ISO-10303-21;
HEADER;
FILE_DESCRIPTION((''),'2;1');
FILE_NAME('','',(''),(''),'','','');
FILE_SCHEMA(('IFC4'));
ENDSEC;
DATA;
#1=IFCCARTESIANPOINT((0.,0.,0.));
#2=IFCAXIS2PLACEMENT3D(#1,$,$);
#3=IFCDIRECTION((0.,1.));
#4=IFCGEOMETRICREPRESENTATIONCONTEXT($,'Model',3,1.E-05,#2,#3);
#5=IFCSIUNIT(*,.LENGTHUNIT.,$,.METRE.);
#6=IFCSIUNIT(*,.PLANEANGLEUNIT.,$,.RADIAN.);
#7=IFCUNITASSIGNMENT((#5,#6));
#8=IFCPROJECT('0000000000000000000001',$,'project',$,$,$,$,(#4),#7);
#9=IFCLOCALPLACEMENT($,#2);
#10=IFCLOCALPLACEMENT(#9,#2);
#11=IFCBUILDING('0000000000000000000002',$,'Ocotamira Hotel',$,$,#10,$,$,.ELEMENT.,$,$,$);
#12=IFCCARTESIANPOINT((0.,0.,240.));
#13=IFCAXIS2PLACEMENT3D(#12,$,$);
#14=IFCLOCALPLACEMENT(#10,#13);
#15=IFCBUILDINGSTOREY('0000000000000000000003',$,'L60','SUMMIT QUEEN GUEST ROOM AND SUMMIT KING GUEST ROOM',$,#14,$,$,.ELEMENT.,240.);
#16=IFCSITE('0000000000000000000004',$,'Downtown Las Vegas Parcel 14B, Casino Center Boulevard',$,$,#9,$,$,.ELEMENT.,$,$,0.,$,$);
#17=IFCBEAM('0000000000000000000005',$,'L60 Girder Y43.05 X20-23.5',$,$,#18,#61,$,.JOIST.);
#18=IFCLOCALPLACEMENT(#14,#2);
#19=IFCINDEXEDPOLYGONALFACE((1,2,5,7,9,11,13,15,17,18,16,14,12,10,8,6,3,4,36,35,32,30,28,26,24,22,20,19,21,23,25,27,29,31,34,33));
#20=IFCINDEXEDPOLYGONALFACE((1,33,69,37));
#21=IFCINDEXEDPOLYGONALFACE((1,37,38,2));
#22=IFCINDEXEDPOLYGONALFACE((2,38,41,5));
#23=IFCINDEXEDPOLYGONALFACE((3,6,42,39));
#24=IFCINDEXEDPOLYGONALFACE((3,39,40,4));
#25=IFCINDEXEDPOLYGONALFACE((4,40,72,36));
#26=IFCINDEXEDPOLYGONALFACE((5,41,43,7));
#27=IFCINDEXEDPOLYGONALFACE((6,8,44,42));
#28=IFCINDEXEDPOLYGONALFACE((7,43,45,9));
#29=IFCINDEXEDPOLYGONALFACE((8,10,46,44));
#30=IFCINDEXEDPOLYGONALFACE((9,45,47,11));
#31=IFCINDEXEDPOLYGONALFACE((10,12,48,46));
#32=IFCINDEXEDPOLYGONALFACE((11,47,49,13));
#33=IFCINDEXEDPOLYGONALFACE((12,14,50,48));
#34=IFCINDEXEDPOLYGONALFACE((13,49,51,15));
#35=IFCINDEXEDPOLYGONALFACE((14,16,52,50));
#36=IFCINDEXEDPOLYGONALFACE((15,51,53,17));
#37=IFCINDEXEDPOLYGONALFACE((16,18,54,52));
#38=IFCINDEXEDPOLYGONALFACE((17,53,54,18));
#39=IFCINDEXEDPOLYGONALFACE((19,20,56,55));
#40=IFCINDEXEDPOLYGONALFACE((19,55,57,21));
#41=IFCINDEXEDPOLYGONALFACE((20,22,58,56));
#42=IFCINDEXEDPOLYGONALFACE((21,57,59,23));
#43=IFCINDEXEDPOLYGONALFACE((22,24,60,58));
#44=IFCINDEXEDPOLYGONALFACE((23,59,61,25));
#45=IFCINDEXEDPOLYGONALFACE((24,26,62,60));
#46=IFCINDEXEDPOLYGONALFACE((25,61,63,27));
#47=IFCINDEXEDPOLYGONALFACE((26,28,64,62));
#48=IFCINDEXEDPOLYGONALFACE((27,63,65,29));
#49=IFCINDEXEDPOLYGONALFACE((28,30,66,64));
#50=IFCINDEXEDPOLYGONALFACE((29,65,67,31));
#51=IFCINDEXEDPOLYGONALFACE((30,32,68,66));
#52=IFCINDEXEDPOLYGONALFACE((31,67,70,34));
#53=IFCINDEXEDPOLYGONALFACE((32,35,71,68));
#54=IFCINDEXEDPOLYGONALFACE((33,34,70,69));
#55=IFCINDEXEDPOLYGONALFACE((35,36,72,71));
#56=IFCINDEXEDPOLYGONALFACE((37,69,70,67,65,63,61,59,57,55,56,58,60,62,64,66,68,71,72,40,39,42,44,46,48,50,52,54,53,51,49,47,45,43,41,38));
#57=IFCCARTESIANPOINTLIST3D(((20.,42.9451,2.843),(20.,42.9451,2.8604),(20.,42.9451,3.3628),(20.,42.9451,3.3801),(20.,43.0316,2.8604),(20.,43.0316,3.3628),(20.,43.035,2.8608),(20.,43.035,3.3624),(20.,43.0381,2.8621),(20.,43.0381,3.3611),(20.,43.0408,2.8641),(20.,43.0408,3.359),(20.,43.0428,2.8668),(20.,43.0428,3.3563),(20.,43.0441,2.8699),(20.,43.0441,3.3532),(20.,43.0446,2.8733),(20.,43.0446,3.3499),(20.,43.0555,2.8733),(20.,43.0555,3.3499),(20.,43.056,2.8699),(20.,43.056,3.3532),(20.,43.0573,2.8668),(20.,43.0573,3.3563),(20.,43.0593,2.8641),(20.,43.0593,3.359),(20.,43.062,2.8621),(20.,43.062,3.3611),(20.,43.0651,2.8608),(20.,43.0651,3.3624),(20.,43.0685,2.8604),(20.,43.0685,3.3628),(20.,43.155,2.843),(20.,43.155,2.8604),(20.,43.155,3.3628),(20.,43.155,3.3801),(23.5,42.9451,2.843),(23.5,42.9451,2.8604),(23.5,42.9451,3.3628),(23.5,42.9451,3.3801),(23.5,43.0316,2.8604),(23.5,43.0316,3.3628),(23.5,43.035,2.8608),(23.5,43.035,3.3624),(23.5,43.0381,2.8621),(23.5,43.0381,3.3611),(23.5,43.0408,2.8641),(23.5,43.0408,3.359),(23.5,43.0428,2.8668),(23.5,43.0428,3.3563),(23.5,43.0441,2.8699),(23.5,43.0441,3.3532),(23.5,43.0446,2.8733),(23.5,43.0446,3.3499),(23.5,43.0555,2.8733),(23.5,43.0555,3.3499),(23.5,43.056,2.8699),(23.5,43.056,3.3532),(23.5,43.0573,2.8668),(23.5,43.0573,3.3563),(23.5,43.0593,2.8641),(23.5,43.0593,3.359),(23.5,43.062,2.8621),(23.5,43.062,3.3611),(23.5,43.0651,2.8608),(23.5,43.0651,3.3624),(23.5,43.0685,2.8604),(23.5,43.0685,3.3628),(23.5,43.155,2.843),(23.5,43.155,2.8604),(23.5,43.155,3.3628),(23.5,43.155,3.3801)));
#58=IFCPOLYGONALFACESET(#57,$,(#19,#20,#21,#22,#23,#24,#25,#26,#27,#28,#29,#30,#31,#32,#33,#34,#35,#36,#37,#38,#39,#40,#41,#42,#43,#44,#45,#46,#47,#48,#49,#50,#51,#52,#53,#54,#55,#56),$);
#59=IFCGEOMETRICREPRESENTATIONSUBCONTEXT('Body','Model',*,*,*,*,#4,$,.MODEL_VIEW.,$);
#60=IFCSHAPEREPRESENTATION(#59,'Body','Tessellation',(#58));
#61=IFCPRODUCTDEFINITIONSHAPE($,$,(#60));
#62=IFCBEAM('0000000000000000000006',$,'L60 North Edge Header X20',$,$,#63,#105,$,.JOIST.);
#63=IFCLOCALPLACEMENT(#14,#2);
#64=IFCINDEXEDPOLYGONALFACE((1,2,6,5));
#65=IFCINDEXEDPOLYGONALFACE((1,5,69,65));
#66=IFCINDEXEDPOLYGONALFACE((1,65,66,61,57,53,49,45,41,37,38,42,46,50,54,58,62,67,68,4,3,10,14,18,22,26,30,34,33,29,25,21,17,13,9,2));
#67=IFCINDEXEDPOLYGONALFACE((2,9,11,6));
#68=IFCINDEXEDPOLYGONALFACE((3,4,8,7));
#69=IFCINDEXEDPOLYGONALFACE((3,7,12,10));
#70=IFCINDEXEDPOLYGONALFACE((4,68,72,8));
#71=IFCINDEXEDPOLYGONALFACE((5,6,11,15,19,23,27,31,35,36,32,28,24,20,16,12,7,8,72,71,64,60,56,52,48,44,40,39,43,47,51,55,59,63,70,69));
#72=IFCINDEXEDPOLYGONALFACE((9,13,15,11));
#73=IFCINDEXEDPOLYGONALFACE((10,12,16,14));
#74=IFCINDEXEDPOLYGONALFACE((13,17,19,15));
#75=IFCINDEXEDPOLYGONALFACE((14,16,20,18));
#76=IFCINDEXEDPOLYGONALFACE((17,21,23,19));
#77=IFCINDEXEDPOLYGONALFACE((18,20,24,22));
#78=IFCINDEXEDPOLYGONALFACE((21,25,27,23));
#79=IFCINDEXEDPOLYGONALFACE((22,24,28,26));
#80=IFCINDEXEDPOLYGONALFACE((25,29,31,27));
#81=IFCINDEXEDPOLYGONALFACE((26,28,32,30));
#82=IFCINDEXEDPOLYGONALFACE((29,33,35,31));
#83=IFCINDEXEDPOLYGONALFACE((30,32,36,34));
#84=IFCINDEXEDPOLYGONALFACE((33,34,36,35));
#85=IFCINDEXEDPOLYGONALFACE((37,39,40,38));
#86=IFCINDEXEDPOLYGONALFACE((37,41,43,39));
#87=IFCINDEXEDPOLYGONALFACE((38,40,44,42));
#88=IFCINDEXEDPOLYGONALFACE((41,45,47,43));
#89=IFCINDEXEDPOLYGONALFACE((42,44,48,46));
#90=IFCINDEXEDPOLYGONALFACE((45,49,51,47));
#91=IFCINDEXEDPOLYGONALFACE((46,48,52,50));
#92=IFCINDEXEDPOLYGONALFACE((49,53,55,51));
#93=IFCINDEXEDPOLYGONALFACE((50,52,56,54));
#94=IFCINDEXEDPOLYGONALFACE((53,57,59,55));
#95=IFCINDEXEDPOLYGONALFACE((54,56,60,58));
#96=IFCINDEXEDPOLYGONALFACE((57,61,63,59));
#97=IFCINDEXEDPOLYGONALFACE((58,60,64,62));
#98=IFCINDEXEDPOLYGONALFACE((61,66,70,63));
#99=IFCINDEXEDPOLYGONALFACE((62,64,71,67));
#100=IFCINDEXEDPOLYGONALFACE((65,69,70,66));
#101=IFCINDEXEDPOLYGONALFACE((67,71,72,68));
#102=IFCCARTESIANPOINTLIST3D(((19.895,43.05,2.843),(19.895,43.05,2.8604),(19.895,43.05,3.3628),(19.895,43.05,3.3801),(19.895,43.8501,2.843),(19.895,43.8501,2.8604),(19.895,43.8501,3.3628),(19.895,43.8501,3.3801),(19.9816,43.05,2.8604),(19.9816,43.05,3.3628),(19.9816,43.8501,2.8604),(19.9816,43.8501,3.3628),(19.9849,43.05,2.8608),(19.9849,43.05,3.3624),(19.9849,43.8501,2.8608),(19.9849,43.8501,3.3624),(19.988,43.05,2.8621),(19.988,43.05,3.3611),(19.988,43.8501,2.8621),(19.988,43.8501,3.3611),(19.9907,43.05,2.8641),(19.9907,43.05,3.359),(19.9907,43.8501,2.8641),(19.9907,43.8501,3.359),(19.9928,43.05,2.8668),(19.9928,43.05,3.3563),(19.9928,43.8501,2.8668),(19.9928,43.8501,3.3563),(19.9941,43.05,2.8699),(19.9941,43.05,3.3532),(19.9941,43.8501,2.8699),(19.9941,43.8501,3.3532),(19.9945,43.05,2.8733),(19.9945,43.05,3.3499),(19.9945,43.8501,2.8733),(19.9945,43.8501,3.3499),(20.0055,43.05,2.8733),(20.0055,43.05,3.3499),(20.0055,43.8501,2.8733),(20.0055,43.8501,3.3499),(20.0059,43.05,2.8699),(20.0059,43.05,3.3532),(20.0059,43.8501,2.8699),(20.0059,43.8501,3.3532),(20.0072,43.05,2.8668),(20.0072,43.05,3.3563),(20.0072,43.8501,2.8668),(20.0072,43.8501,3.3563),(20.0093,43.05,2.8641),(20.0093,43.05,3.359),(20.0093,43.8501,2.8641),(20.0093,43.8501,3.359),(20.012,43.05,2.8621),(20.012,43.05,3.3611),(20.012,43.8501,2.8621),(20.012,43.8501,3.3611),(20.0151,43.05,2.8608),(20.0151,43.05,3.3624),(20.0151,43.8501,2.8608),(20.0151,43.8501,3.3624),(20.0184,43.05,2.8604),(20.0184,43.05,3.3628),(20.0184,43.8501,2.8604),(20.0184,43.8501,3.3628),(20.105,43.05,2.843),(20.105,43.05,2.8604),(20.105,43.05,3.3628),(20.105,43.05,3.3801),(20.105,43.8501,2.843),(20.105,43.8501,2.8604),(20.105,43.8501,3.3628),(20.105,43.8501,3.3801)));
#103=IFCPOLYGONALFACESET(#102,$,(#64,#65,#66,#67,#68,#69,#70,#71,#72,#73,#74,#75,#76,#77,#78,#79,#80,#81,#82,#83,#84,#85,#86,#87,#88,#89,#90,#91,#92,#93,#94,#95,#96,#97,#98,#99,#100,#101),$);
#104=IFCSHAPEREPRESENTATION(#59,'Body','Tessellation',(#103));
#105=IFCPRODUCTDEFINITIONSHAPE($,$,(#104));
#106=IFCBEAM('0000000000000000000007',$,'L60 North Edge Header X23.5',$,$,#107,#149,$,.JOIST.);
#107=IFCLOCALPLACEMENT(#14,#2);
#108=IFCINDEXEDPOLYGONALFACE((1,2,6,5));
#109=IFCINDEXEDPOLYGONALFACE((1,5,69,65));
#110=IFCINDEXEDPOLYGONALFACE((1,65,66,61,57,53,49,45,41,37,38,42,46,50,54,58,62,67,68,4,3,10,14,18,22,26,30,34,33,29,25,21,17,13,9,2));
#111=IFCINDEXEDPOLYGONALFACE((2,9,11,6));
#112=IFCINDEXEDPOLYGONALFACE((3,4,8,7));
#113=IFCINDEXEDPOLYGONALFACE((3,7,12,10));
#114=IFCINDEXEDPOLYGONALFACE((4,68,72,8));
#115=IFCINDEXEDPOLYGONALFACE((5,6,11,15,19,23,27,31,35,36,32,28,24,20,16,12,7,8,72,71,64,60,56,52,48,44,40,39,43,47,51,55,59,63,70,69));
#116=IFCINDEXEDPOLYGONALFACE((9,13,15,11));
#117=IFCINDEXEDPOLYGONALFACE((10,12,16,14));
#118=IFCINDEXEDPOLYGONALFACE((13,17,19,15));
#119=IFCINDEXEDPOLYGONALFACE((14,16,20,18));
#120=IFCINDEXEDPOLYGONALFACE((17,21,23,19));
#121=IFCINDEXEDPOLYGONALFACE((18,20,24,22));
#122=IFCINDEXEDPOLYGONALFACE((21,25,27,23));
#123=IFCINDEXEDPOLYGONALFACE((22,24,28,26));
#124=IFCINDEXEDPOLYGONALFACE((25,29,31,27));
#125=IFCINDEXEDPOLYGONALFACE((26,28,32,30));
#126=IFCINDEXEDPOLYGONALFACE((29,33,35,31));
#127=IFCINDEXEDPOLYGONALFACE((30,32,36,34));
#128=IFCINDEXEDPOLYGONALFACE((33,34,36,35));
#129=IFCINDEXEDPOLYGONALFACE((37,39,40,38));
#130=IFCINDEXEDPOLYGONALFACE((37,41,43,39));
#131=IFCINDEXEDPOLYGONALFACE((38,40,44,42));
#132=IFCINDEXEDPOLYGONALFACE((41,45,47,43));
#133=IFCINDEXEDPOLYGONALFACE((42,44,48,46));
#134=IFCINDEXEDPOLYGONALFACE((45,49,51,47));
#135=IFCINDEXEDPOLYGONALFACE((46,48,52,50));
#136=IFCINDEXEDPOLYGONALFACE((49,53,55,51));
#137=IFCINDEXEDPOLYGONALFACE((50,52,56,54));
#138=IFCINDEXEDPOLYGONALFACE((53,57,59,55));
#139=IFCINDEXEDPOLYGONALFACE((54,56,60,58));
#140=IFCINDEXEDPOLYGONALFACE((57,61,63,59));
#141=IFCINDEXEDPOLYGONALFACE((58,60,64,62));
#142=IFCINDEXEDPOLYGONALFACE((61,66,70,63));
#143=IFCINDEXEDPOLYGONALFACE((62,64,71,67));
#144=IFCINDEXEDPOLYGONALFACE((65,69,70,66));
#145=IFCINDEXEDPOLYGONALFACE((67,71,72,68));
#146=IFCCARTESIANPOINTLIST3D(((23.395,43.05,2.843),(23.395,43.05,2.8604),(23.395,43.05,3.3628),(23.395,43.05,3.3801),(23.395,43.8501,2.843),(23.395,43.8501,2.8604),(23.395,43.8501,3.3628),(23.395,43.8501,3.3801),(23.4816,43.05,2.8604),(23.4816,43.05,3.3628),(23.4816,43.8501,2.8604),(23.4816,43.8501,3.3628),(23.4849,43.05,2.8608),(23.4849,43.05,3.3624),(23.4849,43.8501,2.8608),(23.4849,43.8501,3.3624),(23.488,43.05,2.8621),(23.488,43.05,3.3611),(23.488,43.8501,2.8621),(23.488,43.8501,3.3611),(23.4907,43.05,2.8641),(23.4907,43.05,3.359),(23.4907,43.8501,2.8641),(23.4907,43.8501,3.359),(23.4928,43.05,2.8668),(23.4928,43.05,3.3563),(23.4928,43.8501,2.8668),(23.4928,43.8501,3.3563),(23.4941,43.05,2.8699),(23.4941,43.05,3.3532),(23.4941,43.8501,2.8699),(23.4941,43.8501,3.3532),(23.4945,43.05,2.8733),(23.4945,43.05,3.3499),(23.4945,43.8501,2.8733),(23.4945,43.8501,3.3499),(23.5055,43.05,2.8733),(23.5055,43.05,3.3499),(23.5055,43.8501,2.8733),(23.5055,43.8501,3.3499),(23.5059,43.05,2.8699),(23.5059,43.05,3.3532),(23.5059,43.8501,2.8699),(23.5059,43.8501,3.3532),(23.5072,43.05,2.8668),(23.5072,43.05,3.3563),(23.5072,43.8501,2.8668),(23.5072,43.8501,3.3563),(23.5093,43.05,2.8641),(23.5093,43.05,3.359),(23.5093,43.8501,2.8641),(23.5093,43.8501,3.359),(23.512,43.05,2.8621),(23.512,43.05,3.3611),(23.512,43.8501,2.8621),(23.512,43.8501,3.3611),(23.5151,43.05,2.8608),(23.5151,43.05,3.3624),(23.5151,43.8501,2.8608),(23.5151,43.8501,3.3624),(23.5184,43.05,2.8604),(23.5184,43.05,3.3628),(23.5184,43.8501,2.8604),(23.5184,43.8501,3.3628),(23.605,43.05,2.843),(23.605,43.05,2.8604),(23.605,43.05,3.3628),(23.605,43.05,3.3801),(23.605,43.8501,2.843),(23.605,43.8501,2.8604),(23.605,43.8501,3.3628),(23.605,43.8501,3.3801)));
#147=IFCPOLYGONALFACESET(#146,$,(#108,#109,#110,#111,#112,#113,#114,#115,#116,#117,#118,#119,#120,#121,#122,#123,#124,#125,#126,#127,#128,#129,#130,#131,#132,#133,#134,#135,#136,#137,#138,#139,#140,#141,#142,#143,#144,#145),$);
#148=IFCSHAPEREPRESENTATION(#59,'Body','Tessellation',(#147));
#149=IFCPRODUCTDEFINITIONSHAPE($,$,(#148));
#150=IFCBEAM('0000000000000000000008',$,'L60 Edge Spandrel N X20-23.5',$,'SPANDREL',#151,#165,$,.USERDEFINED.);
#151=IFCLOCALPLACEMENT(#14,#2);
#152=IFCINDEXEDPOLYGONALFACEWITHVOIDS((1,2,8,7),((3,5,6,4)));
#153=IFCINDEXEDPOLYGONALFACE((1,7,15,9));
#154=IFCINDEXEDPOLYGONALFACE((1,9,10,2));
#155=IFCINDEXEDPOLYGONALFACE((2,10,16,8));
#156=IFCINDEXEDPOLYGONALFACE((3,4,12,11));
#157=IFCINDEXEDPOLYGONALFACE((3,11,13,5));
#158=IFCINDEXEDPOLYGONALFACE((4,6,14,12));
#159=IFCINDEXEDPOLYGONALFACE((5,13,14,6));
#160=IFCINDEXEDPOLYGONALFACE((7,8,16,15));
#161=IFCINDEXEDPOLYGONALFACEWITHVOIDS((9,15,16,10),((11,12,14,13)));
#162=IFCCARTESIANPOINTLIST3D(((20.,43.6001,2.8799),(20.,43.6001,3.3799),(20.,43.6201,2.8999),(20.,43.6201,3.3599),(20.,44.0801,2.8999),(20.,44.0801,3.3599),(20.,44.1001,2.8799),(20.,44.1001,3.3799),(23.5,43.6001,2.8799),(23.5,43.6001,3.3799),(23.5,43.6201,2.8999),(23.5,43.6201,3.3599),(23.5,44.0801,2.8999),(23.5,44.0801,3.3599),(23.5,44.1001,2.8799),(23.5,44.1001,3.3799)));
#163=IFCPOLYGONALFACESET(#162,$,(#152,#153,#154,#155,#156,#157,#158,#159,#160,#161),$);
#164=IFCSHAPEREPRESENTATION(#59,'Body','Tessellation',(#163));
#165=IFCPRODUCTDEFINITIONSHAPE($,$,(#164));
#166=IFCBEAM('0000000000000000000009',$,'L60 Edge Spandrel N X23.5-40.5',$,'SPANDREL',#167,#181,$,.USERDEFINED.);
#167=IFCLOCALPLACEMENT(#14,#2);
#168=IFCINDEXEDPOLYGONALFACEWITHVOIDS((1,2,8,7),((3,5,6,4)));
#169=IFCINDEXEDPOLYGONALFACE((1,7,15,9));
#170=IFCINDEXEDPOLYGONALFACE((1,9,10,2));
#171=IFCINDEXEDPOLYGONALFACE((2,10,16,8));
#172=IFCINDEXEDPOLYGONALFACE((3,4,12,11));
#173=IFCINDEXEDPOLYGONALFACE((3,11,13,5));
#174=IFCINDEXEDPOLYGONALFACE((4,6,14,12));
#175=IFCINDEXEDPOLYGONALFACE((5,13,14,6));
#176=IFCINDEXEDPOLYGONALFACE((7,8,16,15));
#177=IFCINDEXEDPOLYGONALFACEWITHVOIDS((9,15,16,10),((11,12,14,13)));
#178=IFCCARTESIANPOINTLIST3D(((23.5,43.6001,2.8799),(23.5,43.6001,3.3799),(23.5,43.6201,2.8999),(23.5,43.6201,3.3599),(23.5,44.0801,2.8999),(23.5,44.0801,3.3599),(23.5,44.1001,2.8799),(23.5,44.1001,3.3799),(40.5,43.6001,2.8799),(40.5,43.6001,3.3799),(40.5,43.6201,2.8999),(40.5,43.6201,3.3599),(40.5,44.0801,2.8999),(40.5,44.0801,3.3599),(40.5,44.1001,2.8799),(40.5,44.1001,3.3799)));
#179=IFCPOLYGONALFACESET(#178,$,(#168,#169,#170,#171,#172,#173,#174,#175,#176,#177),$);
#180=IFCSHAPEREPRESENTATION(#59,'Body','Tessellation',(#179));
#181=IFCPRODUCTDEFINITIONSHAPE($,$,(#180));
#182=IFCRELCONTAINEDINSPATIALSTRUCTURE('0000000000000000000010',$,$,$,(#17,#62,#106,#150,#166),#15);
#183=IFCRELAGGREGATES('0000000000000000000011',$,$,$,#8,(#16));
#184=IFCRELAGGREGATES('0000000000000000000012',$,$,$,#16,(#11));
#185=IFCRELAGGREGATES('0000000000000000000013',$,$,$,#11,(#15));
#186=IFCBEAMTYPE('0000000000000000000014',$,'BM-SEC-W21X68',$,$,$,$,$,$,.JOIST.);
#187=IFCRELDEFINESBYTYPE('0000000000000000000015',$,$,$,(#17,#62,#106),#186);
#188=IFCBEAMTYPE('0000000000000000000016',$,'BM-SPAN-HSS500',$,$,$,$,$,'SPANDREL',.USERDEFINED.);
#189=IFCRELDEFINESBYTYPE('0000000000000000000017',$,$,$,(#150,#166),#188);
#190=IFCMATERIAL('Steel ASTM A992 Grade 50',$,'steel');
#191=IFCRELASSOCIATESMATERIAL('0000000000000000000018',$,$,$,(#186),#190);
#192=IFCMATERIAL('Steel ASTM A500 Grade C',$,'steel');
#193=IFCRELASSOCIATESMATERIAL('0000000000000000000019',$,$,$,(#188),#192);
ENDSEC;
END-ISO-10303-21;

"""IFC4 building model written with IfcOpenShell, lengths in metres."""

from ifc_helpers import new_model, si_unit, direction, frame, origin, origin_2d, place, context, subcontext, project, spatial, hollow_rectangle, i_section, extrude, source, transform, mapped, material, material_profile, profile_set, type_object, element, save


model = new_model("IFC4")

# Units and contexts
model_context = context("Model", 3, precision=1e-05, world=origin(), true_north=direction((0.0, 1.0)))
body_context = subcontext(model_context, "Body", "Model", "MODEL_VIEW")
ifc_project = project(units=[si_unit("LENGTHUNIT", "METRE"), si_unit("PLANEANGLEUNIT", "RADIAN")], contexts=[model_context])

# Site, building, storey
site_placement = place(None, origin())
site = spatial("IfcSite", under=ifc_project, at=site_placement, Name="Downtown Las Vegas Parcel 14B, Casino Center Boulevard", CompositionType="ELEMENT", RefElevation=0.0)
building_placement = place(site_placement, origin())
building = spatial("IfcBuilding", under=site, at=building_placement, Name="Ocotamira Hotel", CompositionType="ELEMENT")
storey_placement = place(building_placement, frame((0.0, 0.0, 240.0)))
storey = spatial("IfcBuildingStorey", under=building, at=storey_placement, Name="L60", Description="SUMMIT QUEEN GUEST ROOM AND SUMMIT KING GUEST ROOM", CompositionType="ELEMENT", Elevation=240.0)

# Shared definitions
ifc_material_1 = material(Name="Steel ASTM A992 Grade 50", Category="steel")

# Beams
ifc_material_profile_1 = material_profile(ifc_material_1, i_section(OverallWidth=0.21, OverallDepth=0.5371, WebThickness=0.011, FlangeThickness=0.0173, FilletRadius=0.0129, at=origin_2d()), Name="W21X68")
ifc_profile_set_1 = profile_set([ifc_material_profile_1], Name="Steel ASTM A992 Grade 50")
beam_type_1 = type_object("IfcBeamType", Name="BM-SEC-W21X68", PredefinedType="JOIST", material=ifc_profile_set_1)
shared_shape_1 = source(origin(), body_context, "Body", "SweptSolid", [
    extrude(i_section(OverallWidth=0.21, OverallDepth=0.5371, WebThickness=0.011, FlangeThickness=0.0173, FilletRadius=0.0129, at=origin_2d()), origin(), (0.0, 0.0, 1.0), 3.5),
])
beam_1_placement = place(storey_placement, frame((20.0, 43.05, 3.1116), z_axis=(1.0, 0.0, 0.0), x_axis=(0.0, 1.0, 0.0)))
element("IfcBeam", 1, at=beam_1_placement, inside=storey, type_object=beam_type_1, Name="L60 Girder Y43.05 X20-23.5", PredefinedType="JOIST", context=body_context, shape_type="MappedRepresentation", body=[
    mapped(shared_shape_1, transform((0.0, 0.0, 0.0), scale=1.0)),
])
shared_shape_2 = source(origin(), body_context, "Body", "SweptSolid", [
    extrude(i_section(OverallWidth=0.21, OverallDepth=0.5371, WebThickness=0.011, FlangeThickness=0.0173, FilletRadius=0.0129, at=origin_2d()), origin(), (0.0, 0.0, 1.0), 0.8),
])
for number, where, z_axis, x_axis, name in (
    (2, (20.0, 43.05, 3.1116), (0.0, 1.0, 0.0), (-1.0, 0.0, 0.0), "L60 North Edge Header X20"),
    (3, (23.5, 43.05, 3.1116), (0.0, 1.0, 0.0), (-1.0, 0.0, 0.0), "L60 North Edge Header X23.5"),
):
    element("IfcBeam", number, at=place(storey_placement, frame(where, z_axis=z_axis, x_axis=x_axis)), inside=storey, type_object=beam_type_1, Name=name, PredefinedType="JOIST", context=body_context, shape_type="MappedRepresentation", body=[
        mapped(shared_shape_2, transform((0.0, 0.0, 0.0), scale=1.0)),
    ])
ifc_material_2 = material(Name="Steel ASTM A500 Grade C", Category="steel")
ifc_material_profile_2 = material_profile(ifc_material_2, hollow_rectangle(XDim=0.5, YDim=0.5, WallThickness=0.02, at=origin_2d()), Name="HSS500X500X20")
ifc_profile_set_2 = profile_set([ifc_material_profile_2], Name="Steel ASTM A500 Grade C")
beam_type_2 = type_object("IfcBeamType", Name="BM-SPAN-HSS500", ElementType="SPANDREL", PredefinedType="USERDEFINED", material=ifc_profile_set_2)
shared_shape_3 = source(origin(), body_context, "Body", "SweptSolid", [
    extrude(hollow_rectangle(XDim=0.5, YDim=0.5, WallThickness=0.02, at=origin_2d()), origin(), (0.0, 0.0, 1.0), 3.5),
])
beam_2_placement = place(storey_placement, frame((20.0, 43.8501, 3.1299), z_axis=(1.0, 0.0, 0.0), x_axis=(0.0, 1.0, 0.0)))
element("IfcBeam", 4, at=beam_2_placement, inside=storey, type_object=beam_type_2, Name="L60 Edge Spandrel N X20-23.5", ObjectType="SPANDREL", PredefinedType="USERDEFINED", context=body_context, shape_type="MappedRepresentation", body=[
    mapped(shared_shape_3, transform((0.0, 0.0, 0.0), scale=1.0)),
])
shared_shape_4 = source(origin(), body_context, "Body", "SweptSolid", [
    extrude(hollow_rectangle(XDim=0.5, YDim=0.5, WallThickness=0.02, at=origin_2d()), origin(), (0.0, 0.0, 1.0), 17.0),
])
beam_3_placement = place(storey_placement, frame((23.5, 43.8501, 3.1299), z_axis=(1.0, 0.0, 0.0), x_axis=(0.0, 1.0, 0.0)))
element("IfcBeam", 5, at=beam_3_placement, inside=storey, type_object=beam_type_2, Name="L60 Edge Spandrel N X23.5-40.5", ObjectType="SPANDREL", PredefinedType="USERDEFINED", context=body_context, shape_type="MappedRepresentation", body=[
    mapped(shared_shape_4, transform((0.0, 0.0, 0.0), scale=1.0)),
])

save(model, "model.ifc")
